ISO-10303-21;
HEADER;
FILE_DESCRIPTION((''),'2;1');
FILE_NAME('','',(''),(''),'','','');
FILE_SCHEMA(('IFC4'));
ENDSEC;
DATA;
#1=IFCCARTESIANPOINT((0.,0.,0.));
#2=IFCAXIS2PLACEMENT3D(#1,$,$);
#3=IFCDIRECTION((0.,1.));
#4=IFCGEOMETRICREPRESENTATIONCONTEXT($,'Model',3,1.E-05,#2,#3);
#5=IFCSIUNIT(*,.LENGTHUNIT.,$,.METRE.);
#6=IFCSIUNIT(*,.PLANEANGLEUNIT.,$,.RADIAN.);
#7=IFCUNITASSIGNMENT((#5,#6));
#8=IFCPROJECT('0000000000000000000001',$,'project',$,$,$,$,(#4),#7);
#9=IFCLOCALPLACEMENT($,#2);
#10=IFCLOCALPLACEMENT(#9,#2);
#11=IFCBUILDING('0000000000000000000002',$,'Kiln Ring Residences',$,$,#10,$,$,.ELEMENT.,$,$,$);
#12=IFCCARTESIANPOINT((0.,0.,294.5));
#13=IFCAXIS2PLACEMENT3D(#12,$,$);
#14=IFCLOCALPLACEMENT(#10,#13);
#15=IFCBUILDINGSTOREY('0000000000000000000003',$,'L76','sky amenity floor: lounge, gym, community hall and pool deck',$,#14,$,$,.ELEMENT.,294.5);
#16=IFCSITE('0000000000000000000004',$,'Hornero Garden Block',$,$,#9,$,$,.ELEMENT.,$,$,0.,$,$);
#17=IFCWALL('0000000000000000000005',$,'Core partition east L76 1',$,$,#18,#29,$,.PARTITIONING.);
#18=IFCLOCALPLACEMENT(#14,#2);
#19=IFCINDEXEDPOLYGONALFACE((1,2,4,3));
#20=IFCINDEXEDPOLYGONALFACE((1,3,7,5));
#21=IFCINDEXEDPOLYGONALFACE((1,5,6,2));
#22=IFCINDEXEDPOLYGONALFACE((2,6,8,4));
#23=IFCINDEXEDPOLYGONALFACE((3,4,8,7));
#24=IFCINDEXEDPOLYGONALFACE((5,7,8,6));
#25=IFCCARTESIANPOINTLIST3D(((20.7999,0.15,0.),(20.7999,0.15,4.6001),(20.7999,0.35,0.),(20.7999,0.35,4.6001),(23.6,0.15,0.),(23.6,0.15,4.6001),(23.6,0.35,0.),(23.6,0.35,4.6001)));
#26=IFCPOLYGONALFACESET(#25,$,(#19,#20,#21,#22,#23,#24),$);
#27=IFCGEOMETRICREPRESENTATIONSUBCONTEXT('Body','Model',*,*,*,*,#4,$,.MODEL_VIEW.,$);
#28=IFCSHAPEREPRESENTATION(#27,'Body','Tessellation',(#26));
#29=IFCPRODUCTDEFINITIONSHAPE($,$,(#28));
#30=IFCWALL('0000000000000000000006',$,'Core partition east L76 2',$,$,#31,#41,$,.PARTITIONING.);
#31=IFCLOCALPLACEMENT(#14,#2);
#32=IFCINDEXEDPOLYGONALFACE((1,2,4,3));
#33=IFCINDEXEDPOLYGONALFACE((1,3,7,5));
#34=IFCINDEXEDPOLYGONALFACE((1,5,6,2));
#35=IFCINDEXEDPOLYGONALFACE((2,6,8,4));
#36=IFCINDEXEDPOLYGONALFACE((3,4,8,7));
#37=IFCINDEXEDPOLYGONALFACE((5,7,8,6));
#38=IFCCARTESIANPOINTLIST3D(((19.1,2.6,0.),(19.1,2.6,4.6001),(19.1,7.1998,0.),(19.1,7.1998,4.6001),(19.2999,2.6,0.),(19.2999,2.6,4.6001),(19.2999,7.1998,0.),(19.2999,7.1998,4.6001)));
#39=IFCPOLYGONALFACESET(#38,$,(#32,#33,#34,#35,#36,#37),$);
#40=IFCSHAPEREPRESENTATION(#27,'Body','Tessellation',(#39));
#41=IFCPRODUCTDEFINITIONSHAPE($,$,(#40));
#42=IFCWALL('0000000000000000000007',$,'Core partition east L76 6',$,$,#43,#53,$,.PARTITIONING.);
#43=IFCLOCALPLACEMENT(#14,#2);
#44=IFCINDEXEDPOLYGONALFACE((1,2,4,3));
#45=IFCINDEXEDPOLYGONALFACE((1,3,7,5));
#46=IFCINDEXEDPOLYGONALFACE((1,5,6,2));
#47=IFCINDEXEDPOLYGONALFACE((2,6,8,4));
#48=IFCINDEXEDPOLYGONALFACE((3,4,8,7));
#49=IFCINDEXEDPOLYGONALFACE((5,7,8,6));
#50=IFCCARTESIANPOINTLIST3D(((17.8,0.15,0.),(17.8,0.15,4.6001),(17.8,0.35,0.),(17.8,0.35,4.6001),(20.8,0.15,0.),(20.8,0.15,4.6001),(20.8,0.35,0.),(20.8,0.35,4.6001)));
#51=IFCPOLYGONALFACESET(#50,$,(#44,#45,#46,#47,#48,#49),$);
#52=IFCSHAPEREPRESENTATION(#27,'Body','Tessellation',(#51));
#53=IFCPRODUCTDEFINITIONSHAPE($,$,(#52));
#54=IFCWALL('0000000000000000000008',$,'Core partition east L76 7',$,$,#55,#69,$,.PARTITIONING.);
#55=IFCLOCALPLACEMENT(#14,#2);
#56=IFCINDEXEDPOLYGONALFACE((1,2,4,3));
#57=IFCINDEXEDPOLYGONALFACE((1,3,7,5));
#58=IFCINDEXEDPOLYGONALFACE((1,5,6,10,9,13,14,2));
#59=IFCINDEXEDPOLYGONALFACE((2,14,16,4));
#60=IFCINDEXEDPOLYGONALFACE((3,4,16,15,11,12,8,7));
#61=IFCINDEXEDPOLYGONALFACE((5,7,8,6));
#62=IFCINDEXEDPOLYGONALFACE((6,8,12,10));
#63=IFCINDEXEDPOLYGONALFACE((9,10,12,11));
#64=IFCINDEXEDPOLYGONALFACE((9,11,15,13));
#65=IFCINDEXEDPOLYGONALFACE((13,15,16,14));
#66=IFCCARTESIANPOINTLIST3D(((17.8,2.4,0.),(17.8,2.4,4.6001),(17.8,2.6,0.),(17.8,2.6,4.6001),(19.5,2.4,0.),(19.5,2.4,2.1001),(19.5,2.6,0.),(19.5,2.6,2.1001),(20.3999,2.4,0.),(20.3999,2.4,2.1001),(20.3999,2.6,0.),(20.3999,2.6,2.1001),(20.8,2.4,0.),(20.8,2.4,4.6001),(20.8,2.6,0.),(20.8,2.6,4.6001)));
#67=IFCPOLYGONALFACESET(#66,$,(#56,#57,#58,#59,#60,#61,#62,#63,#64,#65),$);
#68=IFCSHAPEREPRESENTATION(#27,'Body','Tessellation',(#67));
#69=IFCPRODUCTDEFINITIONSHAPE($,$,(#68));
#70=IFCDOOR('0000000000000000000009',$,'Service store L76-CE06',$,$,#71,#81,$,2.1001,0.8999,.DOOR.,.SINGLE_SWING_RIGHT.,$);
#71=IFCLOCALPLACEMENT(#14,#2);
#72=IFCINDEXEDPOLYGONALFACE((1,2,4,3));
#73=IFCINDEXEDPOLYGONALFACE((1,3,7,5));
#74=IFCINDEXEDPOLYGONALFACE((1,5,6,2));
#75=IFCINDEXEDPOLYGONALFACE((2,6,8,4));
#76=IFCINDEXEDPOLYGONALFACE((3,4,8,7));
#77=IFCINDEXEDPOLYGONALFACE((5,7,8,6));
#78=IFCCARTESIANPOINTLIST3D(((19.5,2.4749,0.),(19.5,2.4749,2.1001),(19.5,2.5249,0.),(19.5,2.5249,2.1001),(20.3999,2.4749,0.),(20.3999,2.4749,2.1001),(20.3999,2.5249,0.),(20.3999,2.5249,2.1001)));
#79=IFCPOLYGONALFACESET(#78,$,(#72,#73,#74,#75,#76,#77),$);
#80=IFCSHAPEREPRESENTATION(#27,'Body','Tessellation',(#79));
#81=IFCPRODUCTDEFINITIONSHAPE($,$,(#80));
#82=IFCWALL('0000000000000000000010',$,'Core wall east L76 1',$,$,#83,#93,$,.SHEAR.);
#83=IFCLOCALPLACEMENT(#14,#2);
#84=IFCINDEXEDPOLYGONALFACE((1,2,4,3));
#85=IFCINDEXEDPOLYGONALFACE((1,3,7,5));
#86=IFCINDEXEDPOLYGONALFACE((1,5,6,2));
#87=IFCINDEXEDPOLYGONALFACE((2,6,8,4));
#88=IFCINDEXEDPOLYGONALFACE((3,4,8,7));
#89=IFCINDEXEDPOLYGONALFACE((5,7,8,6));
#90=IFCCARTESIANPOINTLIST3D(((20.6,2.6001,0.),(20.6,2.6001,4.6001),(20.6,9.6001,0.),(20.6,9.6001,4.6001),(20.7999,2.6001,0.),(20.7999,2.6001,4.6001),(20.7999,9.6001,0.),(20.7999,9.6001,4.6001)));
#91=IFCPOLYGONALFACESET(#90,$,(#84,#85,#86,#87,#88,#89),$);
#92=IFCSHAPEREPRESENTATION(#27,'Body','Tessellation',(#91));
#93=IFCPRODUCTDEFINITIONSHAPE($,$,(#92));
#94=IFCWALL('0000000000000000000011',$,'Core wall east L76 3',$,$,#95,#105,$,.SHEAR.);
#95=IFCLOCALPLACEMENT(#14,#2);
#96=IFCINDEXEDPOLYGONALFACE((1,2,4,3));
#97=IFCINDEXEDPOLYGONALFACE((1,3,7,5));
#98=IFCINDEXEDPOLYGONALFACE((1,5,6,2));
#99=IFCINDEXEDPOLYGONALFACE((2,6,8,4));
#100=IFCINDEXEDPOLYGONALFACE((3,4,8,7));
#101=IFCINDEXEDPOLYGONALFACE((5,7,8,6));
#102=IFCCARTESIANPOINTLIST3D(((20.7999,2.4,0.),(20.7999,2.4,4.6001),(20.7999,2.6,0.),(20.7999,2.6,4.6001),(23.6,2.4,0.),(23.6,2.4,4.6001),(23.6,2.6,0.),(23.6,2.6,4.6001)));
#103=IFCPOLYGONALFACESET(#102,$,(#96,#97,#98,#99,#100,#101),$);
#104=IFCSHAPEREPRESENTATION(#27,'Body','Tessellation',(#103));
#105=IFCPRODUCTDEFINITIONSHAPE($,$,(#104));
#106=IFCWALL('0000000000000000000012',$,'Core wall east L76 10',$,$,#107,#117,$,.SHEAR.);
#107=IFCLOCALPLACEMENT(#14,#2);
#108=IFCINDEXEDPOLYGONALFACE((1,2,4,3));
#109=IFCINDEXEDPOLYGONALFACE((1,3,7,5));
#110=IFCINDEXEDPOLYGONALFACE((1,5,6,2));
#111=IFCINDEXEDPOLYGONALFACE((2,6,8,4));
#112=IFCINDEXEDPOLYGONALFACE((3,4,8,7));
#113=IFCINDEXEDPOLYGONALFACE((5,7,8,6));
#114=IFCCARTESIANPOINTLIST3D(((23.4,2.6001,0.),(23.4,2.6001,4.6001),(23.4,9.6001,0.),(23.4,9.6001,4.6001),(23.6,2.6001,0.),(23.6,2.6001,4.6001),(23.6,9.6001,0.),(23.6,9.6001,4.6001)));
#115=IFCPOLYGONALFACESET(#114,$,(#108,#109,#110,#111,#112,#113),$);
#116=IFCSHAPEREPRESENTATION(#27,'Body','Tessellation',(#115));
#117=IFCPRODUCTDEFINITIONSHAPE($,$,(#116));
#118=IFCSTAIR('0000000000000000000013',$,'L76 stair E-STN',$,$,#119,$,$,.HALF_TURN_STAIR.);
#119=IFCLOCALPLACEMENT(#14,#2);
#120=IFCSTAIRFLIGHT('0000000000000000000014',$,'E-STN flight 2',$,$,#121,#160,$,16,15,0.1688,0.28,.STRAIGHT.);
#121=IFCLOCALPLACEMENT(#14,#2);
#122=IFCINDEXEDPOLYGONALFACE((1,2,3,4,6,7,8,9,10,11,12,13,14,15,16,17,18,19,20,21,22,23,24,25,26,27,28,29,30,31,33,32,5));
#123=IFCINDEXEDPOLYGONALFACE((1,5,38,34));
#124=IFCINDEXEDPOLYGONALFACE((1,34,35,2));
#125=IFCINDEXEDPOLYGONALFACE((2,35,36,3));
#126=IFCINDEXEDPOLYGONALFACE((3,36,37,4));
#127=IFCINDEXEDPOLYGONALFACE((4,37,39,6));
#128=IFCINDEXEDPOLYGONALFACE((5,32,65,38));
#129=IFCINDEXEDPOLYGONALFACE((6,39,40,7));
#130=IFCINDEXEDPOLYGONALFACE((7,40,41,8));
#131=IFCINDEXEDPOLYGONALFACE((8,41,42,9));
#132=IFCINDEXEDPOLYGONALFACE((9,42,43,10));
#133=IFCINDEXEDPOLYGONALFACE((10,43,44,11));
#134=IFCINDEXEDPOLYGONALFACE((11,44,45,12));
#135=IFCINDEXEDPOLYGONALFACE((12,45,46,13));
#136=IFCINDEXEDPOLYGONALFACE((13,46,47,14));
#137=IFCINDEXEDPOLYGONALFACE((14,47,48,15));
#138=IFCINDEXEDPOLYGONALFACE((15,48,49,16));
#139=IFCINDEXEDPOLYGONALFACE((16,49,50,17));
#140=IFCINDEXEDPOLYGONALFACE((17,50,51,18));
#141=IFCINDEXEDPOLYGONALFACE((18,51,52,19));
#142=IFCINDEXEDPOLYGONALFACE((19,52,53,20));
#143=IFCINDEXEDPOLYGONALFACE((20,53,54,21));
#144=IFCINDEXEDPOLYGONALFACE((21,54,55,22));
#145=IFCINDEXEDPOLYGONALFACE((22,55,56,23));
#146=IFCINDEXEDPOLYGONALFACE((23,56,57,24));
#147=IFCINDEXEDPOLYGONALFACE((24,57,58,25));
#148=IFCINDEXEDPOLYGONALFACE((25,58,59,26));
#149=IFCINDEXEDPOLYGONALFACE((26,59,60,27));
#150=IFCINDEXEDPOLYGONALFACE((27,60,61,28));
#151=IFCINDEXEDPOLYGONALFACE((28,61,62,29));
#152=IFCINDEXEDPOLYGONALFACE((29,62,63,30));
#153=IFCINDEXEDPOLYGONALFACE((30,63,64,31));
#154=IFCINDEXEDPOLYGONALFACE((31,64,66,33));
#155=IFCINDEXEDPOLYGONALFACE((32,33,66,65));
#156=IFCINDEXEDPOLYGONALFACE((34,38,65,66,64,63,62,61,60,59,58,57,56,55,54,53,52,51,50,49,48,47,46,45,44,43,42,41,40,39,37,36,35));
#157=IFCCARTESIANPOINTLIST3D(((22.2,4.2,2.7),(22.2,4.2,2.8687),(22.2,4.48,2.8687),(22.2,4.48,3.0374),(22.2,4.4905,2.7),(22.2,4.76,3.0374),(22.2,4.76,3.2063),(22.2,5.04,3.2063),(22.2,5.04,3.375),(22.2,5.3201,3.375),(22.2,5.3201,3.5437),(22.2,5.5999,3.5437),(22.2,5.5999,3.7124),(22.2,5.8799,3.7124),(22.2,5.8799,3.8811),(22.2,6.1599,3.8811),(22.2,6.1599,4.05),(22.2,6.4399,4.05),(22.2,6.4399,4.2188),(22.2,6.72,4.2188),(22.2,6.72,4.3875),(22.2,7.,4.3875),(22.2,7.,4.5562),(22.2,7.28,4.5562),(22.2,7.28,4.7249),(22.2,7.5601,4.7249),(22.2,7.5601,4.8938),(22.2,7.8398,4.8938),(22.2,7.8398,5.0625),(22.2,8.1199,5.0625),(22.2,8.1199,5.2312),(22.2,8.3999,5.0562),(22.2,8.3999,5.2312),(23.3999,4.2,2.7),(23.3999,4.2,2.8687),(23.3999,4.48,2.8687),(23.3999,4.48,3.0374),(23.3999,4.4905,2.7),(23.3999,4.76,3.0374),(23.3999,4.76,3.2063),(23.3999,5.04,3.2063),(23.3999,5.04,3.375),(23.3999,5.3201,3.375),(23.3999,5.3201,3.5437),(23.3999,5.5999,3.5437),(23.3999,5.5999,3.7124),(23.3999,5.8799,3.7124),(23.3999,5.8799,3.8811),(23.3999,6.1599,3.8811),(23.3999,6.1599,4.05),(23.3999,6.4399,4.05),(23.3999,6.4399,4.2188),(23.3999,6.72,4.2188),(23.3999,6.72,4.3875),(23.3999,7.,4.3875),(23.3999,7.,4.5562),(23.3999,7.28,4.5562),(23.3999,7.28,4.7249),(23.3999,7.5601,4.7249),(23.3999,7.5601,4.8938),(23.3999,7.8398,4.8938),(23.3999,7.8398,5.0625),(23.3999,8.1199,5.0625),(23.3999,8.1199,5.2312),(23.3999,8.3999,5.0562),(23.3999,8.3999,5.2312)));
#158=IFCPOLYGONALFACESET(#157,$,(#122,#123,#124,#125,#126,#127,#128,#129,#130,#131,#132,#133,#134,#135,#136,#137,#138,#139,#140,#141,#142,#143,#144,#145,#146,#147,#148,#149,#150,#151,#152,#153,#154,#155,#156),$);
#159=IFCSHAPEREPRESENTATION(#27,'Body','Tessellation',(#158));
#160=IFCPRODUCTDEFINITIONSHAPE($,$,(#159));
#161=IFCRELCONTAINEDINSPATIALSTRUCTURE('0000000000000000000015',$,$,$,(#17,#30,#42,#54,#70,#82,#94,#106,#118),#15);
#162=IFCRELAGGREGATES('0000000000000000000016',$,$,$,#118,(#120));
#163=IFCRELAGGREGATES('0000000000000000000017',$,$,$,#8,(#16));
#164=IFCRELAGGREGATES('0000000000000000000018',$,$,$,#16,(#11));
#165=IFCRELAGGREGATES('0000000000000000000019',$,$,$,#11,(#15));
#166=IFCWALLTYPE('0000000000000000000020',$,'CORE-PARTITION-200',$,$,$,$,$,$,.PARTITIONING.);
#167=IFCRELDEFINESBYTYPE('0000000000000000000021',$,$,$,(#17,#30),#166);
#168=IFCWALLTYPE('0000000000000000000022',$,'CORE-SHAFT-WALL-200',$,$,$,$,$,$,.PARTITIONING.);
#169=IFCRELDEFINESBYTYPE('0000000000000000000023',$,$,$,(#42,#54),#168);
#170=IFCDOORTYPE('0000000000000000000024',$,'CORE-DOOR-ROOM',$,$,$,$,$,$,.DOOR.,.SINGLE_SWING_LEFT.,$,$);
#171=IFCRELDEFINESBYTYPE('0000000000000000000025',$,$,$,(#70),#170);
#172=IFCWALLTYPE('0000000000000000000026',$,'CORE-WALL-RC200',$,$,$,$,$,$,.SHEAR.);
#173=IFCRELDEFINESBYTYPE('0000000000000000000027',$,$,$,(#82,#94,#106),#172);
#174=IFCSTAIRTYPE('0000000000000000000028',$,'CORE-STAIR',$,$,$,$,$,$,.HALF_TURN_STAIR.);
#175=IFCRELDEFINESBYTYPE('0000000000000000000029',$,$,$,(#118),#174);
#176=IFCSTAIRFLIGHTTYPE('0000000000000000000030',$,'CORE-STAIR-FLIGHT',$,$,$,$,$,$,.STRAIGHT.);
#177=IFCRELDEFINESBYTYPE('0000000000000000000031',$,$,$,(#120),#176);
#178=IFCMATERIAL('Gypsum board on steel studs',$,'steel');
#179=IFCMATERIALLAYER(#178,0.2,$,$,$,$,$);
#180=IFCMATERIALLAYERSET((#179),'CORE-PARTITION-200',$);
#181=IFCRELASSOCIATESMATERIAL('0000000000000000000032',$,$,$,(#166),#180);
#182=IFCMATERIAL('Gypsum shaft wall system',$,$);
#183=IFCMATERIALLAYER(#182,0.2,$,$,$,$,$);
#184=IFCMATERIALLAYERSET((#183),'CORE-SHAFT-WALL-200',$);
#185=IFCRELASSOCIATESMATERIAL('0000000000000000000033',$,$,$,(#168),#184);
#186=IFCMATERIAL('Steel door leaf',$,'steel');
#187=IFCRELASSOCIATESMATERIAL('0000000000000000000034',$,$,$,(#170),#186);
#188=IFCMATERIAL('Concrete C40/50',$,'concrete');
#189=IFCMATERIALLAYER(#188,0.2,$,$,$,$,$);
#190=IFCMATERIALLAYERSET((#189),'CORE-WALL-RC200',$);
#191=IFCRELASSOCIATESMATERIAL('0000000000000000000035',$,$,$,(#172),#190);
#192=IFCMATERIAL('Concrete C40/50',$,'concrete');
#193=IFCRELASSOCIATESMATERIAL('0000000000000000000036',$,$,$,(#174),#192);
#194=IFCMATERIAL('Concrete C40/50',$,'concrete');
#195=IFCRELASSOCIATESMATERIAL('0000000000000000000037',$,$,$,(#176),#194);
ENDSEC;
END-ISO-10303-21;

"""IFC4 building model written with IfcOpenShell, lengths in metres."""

from ifc_helpers import new_model, si_unit, direction, frame, frame_2d, origin, place, context, subcontext, project, spatial, polyline, rectangle, outline, extrude, material, layer, layer_set, type_object, element, fill, aggregate, save


model = new_model("IFC4")

# Units and contexts
model_context = context("Model", 3, precision=1e-05, world=origin(), true_north=direction((0.0, 1.0)))
body_context = subcontext(model_context, "Body", "Model", "MODEL_VIEW")
ifc_project = project(units=[si_unit("LENGTHUNIT", "METRE"), si_unit("PLANEANGLEUNIT", "RADIAN")], contexts=[model_context])

# Site, building, storey
site_placement = place(None, origin())
site = spatial("IfcSite", under=ifc_project, at=site_placement, Name="Hornero Garden Block", CompositionType="ELEMENT", RefElevation=0.0)
building_placement = place(site_placement, origin())
building = spatial("IfcBuilding", under=site, at=building_placement, Name="Kiln Ring Residences", CompositionType="ELEMENT")
storey_placement = place(building_placement, frame((0.0, 0.0, 294.5)))
storey = spatial("IfcBuildingStorey", under=building, at=storey_placement, Name="L76", Description="sky amenity floor: lounge, gym, community hall and pool deck", CompositionType="ELEMENT", Elevation=294.5)

# Shared definitions
placement = place(storey_placement, origin())

# Walls
ifc_material_1 = material(Name="Gypsum board on steel studs", Category="steel")
ifc_layer_1 = layer(ifc_material_1, 0.2)
ifc_layer_set_1 = layer_set([ifc_layer_1], Name="CORE-PARTITION-200")
wall_type_1 = type_object("IfcWallType", Name="CORE-PARTITION-200", PredefinedType="PARTITIONING", material=ifc_layer_set_1)
wall_1_placement = place(storey_placement, frame((20.8, 0.25, 0.0), z_axis=(0.0, 0.0, 1.0), x_axis=(1.0, 0.0, 0.0)))
element("IfcWall", 1, at=wall_1_placement, inside=storey, type_object=wall_type_1, Name="Core partition east L76 1", PredefinedType="PARTITIONING", context=body_context, shape_type="SweptSolid", body=[
    extrude(rectangle(XDim=2.8, YDim=0.2, at=frame_2d((1.3999, 0.0))), origin(), (0.0, 0.0, 1.0), 4.6001),
])
wall_2_placement = place(storey_placement, frame((19.2, 2.6001, 0.0), z_axis=(0.0, 0.0, 1.0), x_axis=(0.0, 1.0, 0.0)))
element("IfcWall", 2, at=wall_2_placement, inside=storey, type_object=wall_type_1, Name="Core partition east L76 2", PredefinedType="PARTITIONING", context=body_context, shape_type="SweptSolid", body=[
    extrude(rectangle(XDim=4.5999, YDim=0.2, at=frame_2d((2.2998, 0.0))), origin(), (0.0, 0.0, 1.0), 4.6001),
])
ifc_material_2 = material(Name="Gypsum shaft wall system")
ifc_layer_2 = layer(ifc_material_2, 0.2)
ifc_layer_set_2 = layer_set([ifc_layer_2], Name="CORE-SHAFT-WALL-200")
wall_type_2 = type_object("IfcWallType", Name="CORE-SHAFT-WALL-200", PredefinedType="PARTITIONING", material=ifc_layer_set_2)
wall_3_placement = place(storey_placement, frame((17.8, 0.25, 0.0), z_axis=(0.0, 0.0, 1.0), x_axis=(1.0, 0.0, 0.0)))
element("IfcWall", 3, at=wall_3_placement, inside=storey, type_object=wall_type_2, Name="Core partition east L76 6", PredefinedType="PARTITIONING", context=body_context, shape_type="SweptSolid", body=[
    extrude(rectangle(XDim=3.0, YDim=0.2, at=frame_2d((1.5, 0.0))), origin(), (0.0, 0.0, 1.0), 4.6001),
])

# Wall, opening, door
wall_4_placement = place(storey_placement, frame((17.8, 2.5, 0.0), z_axis=(0.0, 0.0, 1.0), x_axis=(1.0, 0.0, 0.0)))
wall_4 = element("IfcWall", 4, at=wall_4_placement, inside=storey, type_object=wall_type_2, Name="Core partition east L76 7", PredefinedType="PARTITIONING", context=body_context, shape_type="SweptSolid", body=[
    extrude(rectangle(XDim=3.0, YDim=0.2, at=frame_2d((1.5, 0.0))), origin(), (0.0, 0.0, 1.0), 4.6001),
])
opening_placement = place(wall_4_placement, frame((1.7, 0.0, 0.0)))
opening = element("IfcOpeningElement", 5, at=opening_placement, cuts=wall_4, PredefinedType="OPENING", context=body_context, shape_type="SweptSolid", body=[
    extrude(rectangle(XDim=0.8999, YDim=2.1001, at=frame_2d((0.45, 1.05))), frame((0.0, 0.1099, 0.0), z_axis=(0.0, -1.0, 0.0), x_axis=(1.0, 0.0, 0.0)), (0.0, 0.0, 1.0), 0.22),
])
ifc_material_3 = material(Name="Steel door leaf", Category="steel")
door_type = type_object("IfcDoorType", Name="CORE-DOOR-ROOM", OperationType="SINGLE_SWING_LEFT", PredefinedType="DOOR", material=ifc_material_3)
door_placement = place(opening_placement, origin())
door = element("IfcDoor", 6, at=door_placement, inside=storey, type_object=door_type, Name="Service store L76-CE06", OperationType="SINGLE_SWING_RIGHT", OverallHeight=2.1001, OverallWidth=0.8999, PredefinedType="DOOR", context=body_context, shape_type="SweptSolid", body=[
    extrude(rectangle(XDim=0.8999, YDim=2.1001, at=frame_2d((0.45, 1.05))), frame((0.0, 0.0249, 0.0), z_axis=(0.0, -1.0, 0.0), x_axis=(1.0, 0.0, 0.0)), (0.0, 0.0, 1.0), 0.05),
])
fill(opening, door)

# Walls
ifc_material_4 = material(Name="Concrete C40/50", Category="concrete")
ifc_layer_3 = layer(ifc_material_4, 0.2)
ifc_layer_set_3 = layer_set([ifc_layer_3], Name="CORE-WALL-RC200")
wall_type_3 = type_object("IfcWallType", Name="CORE-WALL-RC200", PredefinedType="SHEAR", material=ifc_layer_set_3)
wall_5_placement = place(storey_placement, frame((20.7, 2.6001, 0.0), z_axis=(0.0, 0.0, 1.0), x_axis=(0.0, 1.0, 0.0)))
element("IfcWall", 7, at=wall_5_placement, inside=storey, type_object=wall_type_3, Name="Core wall east L76 1", PredefinedType="SHEAR", context=body_context, shape_type="SweptSolid", body=[
    extrude(rectangle(XDim=7.0, YDim=0.2, at=frame_2d((3.5, 0.0))), origin(), (0.0, 0.0, 1.0), 4.6001),
])
wall_6_placement = place(storey_placement, frame((20.8, 2.5, 0.0), z_axis=(0.0, 0.0, 1.0), x_axis=(1.0, 0.0, 0.0)))
element("IfcWall", 8, at=wall_6_placement, inside=storey, type_object=wall_type_3, Name="Core wall east L76 3", PredefinedType="SHEAR", context=body_context, shape_type="SweptSolid", body=[
    extrude(rectangle(XDim=2.8, YDim=0.2, at=frame_2d((1.3999, 0.0))), origin(), (0.0, 0.0, 1.0), 4.6001),
])
wall_7_placement = place(storey_placement, frame((23.5, 2.6001, 0.0), z_axis=(0.0, 0.0, 1.0), x_axis=(0.0, 1.0, 0.0)))
element("IfcWall", 9, at=wall_7_placement, inside=storey, type_object=wall_type_3, Name="Core wall east L76 10", PredefinedType="SHEAR", context=body_context, shape_type="SweptSolid", body=[
    extrude(rectangle(XDim=7.0, YDim=0.2, at=frame_2d((3.5, 0.0))), origin(), (0.0, 0.0, 1.0), 4.6001),
])

# Stair, stair flight
ifc_material_5 = material(Name="Concrete C40/50", Category="concrete")
stair_type = type_object("IfcStairType", Name="CORE-STAIR", PredefinedType="HALF_TURN_STAIR", material=ifc_material_5)
stair = element("IfcStair", 10, at=placement, inside=storey, type_object=stair_type, Name="L76 stair E-STN", PredefinedType="HALF_TURN_STAIR")
ifc_material_6 = material(Name="Concrete C40/50", Category="concrete")
stair_flight_type = type_object("IfcStairFlightType", Name="CORE-STAIR-FLIGHT", PredefinedType="STRAIGHT", material=ifc_material_6)
stair_flight_placement = place(storey_placement, frame((22.8, 4.2, 2.7), z_axis=(0.0, 0.0, 1.0), x_axis=(0.0, 1.0, 0.0)))
stair_flight = element("IfcStairFlight", 11, at=stair_flight_placement, type_object=stair_flight_type, Name="E-STN flight 2", NumberOfRisers=16, NumberOfTreads=15, PredefinedType="STRAIGHT", RiserHeight=0.1688, TreadLength=0.28, context=body_context, shape_type="SweptSolid", body=[
    extrude(outline(polyline([(0.0, 0.0), (0.0, 0.1687), (0.28, 0.1687), (0.28, 0.3374), (0.5601, 0.3374), (0.5601, 0.5063), (0.8401, 0.5063), (0.8401, 0.675), (1.1201, 0.675), (1.1201, 0.8438), (1.3999, 0.8438), (1.3999, 1.0125), (1.6799, 1.0125), (1.6799, 1.1812), (1.96, 1.1812), (1.96, 1.3501), (2.24, 1.3501), (2.24, 1.5188), (2.52, 1.5188), (2.52, 1.6875), (2.8, 1.6875), (2.8, 1.8562), (3.0801, 1.8562), (3.0801, 2.0249), (3.3601, 2.0249), (3.3601, 2.1938), (3.6399, 2.1938), (3.6399, 2.3625), (3.9199, 2.3625), (3.9199, 2.5312), (4.2, 2.5312), (4.2, 2.7), (4.2, 2.3562), (0.2905, 0.0), (0.0, 0.0)])), frame((0.0, 0.6001, 0.0), z_axis=(0.0, -1.0, 0.0), x_axis=(1.0, 0.0, 0.0)), (0.0, 0.0, 1.0), 1.2),
])
aggregate(stair, [stair_flight])

save(model, "model.ifc")
